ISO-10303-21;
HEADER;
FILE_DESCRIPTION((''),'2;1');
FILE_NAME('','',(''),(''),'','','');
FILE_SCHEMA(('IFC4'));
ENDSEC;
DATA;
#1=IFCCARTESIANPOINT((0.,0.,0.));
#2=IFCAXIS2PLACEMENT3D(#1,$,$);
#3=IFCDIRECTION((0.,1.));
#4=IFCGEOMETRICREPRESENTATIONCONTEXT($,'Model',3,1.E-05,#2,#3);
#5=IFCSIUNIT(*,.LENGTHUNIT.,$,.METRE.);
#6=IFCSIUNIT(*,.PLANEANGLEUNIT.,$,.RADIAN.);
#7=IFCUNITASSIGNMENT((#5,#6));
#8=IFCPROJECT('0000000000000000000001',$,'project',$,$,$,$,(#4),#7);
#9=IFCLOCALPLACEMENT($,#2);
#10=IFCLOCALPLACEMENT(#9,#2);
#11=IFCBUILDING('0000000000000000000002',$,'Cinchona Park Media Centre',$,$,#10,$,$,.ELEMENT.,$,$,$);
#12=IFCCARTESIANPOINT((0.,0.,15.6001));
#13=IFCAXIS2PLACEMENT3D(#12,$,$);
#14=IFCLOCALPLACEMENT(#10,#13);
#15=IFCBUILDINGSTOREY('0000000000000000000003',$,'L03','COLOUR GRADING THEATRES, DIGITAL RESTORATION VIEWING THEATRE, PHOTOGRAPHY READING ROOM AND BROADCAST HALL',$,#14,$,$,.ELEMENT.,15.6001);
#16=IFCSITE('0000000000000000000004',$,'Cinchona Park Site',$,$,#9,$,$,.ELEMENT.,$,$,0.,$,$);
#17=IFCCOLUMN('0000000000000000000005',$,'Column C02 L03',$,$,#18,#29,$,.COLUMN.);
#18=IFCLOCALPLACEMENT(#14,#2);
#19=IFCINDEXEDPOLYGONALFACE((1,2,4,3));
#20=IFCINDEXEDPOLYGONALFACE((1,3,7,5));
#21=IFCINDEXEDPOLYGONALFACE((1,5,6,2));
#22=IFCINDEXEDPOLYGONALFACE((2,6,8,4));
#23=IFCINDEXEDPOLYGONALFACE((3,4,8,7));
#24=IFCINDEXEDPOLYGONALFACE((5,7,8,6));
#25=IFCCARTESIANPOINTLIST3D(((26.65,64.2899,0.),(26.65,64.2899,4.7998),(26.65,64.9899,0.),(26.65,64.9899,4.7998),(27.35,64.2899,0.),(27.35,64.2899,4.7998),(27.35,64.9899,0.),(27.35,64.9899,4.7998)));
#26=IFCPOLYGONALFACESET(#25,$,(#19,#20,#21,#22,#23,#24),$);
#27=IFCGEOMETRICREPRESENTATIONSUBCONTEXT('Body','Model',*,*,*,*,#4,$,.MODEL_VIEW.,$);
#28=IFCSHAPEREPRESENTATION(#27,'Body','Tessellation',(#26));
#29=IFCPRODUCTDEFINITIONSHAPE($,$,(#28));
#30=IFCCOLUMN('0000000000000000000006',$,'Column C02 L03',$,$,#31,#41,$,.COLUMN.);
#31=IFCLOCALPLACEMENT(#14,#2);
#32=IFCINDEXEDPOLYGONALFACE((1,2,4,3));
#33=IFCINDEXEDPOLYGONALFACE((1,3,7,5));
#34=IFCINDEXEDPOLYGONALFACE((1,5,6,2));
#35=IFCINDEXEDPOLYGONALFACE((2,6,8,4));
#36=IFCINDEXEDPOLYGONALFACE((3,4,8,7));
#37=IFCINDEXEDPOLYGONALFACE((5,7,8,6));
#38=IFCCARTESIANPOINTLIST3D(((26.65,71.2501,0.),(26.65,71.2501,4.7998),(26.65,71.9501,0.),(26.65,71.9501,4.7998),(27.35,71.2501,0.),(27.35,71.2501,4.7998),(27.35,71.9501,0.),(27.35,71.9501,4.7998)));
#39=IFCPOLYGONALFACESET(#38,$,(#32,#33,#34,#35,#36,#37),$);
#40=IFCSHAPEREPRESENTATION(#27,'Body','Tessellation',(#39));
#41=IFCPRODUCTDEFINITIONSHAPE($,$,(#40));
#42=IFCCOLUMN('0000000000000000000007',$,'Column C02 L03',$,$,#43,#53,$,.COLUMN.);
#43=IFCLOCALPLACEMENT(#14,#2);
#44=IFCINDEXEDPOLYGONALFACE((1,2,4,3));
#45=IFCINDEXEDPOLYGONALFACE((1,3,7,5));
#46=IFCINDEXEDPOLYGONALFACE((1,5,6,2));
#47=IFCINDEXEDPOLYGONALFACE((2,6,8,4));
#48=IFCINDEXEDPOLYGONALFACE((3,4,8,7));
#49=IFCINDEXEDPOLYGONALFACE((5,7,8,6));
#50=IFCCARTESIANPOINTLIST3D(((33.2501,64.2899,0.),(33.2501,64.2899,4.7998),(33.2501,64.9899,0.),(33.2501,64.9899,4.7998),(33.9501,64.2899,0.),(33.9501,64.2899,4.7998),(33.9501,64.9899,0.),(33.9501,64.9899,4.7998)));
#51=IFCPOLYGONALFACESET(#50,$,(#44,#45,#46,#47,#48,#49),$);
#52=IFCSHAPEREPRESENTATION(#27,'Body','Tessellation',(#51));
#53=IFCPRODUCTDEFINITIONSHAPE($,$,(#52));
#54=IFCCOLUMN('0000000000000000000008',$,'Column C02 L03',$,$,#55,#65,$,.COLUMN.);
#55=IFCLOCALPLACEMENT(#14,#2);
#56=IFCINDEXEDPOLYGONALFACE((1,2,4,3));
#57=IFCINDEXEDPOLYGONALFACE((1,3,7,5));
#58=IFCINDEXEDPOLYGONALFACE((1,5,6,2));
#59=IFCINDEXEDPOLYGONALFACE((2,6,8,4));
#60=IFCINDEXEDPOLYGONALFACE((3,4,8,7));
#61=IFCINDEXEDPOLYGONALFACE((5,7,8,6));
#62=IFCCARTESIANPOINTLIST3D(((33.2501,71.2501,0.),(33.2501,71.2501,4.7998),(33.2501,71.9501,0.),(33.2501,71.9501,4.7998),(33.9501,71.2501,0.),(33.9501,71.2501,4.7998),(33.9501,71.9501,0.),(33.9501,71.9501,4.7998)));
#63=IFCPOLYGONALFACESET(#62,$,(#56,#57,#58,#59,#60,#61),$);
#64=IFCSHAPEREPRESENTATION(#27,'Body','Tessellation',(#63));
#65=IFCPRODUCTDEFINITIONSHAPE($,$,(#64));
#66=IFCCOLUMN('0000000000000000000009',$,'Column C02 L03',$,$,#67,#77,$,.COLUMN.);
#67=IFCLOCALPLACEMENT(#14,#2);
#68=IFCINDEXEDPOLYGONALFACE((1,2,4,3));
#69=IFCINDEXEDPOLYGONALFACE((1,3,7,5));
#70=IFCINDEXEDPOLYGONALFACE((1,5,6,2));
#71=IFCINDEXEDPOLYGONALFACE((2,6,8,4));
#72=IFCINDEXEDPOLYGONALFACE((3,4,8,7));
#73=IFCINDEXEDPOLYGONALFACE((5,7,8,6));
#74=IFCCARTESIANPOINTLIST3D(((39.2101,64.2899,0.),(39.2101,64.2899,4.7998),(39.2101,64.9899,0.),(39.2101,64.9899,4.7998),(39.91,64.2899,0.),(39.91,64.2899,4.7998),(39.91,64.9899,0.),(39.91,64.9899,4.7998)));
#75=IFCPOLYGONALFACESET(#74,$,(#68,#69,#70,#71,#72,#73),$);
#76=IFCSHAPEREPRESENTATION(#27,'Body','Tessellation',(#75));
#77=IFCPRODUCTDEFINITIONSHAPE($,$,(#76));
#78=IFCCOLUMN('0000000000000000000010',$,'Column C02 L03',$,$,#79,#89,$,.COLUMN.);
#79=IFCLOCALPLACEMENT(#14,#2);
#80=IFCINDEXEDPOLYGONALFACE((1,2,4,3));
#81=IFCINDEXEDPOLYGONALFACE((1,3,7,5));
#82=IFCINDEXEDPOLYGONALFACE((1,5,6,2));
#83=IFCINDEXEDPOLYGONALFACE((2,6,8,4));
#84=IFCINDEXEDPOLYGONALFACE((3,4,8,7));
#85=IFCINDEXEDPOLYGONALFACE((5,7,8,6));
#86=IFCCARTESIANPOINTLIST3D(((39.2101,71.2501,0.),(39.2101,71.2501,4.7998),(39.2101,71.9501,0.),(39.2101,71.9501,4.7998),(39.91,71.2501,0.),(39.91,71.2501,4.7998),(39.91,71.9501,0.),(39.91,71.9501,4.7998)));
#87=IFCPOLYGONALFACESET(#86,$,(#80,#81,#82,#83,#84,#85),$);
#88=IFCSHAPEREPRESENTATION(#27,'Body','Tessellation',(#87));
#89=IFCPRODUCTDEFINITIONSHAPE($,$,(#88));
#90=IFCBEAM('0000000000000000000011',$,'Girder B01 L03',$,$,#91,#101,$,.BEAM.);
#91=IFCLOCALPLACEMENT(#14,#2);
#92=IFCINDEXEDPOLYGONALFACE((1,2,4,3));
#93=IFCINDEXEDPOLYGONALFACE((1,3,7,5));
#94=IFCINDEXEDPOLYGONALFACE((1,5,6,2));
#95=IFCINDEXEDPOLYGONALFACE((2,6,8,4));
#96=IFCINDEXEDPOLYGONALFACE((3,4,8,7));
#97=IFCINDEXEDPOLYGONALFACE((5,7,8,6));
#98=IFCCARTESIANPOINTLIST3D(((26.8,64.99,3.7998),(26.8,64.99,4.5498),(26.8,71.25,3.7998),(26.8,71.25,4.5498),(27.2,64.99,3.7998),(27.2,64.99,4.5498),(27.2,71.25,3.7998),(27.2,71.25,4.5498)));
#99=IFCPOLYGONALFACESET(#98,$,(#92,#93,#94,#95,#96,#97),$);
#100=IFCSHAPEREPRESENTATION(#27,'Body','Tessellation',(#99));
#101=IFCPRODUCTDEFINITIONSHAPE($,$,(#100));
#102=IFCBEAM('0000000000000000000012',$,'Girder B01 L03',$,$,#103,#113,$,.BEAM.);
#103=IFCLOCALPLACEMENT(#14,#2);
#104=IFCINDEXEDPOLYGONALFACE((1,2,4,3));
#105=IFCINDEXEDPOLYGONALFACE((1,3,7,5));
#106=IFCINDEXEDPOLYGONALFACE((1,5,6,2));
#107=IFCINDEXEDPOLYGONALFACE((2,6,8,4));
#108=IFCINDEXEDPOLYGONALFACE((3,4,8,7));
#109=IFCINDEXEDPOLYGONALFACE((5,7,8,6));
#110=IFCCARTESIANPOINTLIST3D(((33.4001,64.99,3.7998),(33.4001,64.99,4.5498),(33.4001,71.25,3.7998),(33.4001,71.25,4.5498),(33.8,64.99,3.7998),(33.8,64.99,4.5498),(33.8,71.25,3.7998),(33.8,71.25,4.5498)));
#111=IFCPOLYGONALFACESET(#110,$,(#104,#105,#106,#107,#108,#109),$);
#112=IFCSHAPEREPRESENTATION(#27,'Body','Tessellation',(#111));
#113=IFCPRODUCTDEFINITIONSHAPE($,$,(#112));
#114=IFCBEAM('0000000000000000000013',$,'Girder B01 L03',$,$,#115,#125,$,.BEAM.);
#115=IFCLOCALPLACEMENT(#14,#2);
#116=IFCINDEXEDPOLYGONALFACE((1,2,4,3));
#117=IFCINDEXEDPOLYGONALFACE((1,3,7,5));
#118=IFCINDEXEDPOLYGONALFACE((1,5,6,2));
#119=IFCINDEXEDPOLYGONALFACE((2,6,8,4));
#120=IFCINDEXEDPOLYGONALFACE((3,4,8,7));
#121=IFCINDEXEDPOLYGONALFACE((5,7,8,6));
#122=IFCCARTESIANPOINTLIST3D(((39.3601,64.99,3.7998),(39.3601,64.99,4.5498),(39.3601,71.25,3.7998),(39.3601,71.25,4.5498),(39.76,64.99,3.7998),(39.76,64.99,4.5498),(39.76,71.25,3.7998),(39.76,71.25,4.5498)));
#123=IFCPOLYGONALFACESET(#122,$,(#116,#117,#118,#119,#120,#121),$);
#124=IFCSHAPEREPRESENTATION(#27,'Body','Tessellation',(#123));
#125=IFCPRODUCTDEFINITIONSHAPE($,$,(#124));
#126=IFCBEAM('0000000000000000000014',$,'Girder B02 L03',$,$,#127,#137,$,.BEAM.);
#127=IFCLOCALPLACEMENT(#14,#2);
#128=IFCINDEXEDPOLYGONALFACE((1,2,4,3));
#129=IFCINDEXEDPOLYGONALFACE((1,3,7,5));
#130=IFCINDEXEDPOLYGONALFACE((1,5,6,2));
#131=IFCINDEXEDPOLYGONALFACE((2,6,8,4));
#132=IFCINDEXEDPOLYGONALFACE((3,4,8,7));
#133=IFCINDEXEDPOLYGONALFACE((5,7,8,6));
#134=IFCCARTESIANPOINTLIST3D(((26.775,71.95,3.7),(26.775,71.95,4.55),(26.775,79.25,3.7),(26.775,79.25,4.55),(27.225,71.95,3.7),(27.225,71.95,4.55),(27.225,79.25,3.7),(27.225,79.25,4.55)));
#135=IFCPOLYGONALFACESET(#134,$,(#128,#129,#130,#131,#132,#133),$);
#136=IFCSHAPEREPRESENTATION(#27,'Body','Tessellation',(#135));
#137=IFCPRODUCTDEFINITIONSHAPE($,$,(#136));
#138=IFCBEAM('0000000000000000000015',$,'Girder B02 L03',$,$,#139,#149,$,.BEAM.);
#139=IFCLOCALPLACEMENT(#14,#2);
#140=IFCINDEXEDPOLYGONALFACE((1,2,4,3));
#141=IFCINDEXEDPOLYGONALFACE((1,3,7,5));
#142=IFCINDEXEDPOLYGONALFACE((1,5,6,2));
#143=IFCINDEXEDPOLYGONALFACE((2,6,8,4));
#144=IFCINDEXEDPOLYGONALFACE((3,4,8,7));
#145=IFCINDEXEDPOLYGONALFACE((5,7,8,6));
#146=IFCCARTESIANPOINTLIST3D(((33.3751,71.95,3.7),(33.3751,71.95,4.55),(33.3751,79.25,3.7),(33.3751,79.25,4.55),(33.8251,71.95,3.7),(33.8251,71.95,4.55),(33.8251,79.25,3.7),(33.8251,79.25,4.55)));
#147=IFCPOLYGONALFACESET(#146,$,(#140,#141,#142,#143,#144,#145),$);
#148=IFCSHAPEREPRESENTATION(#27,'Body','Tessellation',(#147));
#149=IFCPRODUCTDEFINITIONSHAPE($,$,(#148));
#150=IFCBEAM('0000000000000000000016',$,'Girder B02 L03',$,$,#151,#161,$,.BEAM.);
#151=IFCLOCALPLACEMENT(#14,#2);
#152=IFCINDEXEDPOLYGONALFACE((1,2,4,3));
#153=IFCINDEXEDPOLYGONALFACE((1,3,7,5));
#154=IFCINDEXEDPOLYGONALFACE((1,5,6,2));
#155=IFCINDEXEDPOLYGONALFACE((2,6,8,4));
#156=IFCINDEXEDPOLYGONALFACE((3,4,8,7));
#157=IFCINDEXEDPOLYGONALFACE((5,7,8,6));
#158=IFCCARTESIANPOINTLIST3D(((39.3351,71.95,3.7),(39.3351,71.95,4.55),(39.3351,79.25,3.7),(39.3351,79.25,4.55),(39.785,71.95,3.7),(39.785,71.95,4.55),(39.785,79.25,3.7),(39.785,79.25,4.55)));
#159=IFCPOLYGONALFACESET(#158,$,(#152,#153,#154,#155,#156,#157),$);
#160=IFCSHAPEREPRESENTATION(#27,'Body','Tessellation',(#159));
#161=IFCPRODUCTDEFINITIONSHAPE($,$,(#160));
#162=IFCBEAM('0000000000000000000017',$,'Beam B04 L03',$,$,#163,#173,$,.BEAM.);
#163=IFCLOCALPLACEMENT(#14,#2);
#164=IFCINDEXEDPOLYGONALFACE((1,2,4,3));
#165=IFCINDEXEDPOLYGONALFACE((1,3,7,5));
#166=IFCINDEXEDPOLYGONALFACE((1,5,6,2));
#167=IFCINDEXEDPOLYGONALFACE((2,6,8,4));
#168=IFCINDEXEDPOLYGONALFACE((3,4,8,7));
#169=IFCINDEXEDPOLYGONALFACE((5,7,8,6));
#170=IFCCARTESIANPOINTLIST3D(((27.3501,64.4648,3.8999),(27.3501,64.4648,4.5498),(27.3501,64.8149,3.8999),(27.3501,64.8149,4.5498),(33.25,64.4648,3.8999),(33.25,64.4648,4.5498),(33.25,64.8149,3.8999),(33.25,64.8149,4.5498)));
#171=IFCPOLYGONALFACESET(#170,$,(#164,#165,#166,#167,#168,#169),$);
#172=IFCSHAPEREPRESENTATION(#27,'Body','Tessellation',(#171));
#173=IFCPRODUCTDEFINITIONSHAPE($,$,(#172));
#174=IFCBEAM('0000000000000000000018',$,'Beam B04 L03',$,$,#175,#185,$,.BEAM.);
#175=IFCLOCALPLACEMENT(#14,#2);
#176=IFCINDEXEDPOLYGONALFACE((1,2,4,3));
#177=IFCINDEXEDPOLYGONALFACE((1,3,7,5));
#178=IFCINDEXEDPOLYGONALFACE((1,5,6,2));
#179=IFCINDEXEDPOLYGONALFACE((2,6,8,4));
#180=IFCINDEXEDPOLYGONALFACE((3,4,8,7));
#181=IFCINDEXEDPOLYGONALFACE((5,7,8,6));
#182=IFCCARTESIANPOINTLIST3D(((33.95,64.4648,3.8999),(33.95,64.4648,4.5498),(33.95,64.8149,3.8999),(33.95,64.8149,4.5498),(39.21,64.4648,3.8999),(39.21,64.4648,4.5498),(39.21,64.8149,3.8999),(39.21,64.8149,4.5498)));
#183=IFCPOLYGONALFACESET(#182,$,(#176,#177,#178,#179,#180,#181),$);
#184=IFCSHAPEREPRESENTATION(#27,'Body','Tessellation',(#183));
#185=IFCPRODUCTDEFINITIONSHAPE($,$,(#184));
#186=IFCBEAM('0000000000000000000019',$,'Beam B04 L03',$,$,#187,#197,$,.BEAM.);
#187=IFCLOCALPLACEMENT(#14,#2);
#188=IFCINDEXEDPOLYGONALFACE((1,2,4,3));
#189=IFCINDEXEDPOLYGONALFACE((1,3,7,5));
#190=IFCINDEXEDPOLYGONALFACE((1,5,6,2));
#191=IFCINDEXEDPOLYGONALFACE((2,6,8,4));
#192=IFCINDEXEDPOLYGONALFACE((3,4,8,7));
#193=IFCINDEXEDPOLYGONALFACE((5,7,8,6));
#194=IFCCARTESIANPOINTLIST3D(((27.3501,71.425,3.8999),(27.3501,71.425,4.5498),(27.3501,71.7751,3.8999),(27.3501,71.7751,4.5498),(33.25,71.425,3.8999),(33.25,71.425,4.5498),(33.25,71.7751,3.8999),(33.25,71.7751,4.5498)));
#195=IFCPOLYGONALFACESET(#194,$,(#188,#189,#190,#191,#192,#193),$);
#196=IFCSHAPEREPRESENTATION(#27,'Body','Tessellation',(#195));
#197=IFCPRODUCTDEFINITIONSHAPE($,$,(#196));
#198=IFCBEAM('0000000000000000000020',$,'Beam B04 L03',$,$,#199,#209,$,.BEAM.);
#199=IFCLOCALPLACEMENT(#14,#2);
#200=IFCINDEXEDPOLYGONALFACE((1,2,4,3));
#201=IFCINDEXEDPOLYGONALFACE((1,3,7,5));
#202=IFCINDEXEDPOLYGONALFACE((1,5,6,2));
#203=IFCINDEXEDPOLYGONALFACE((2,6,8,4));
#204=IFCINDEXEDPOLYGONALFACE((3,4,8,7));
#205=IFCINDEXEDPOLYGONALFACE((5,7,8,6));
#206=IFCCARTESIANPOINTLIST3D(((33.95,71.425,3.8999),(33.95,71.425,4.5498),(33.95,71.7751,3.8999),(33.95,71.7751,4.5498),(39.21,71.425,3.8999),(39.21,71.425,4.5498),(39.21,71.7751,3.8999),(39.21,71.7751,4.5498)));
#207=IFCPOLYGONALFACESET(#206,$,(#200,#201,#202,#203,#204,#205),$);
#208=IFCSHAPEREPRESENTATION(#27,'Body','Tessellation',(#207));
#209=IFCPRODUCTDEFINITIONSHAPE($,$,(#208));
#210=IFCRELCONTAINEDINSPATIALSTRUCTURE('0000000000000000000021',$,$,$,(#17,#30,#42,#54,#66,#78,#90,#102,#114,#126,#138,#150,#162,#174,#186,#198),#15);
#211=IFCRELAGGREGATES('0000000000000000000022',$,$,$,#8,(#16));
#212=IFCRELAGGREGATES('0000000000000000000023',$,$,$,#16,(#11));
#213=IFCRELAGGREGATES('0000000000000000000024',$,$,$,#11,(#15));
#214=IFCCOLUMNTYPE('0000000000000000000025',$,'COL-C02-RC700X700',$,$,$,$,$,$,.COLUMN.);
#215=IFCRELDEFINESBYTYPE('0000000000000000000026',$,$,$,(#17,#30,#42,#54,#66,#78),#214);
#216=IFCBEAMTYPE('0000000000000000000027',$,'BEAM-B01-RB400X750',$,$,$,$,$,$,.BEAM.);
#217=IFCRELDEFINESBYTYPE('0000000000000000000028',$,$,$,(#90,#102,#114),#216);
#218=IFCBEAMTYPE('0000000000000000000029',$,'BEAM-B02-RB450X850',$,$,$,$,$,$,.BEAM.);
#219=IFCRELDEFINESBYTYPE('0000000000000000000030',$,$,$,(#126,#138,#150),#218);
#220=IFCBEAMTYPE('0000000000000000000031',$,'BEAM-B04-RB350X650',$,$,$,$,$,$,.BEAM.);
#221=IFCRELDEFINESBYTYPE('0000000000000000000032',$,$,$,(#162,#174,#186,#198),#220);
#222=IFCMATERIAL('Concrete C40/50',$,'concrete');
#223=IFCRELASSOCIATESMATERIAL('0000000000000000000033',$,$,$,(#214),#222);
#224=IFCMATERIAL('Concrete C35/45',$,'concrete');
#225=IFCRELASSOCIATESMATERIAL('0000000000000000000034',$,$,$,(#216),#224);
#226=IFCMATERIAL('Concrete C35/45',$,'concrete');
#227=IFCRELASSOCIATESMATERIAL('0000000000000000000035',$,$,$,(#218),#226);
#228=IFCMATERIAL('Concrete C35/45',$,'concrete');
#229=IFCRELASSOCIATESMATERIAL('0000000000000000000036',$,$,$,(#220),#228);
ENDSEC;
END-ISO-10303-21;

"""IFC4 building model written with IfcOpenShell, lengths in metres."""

from ifc_helpers import new_model, si_unit, direction, frame, origin, origin_2d, place, context, subcontext, project, spatial, rectangle, extrude, material, material_profile, profile_set, type_object, element, save


model = new_model("IFC4")

# Units and contexts
model_context = context("Model", 3, precision=1e-05, world=origin(), true_north=direction((0.0, 1.0)))
body_context = subcontext(model_context, "Body", "Model", "MODEL_VIEW")
ifc_project = project(units=[si_unit("LENGTHUNIT", "METRE"), si_unit("PLANEANGLEUNIT", "RADIAN")], contexts=[model_context])

# Site, building, storey
site_placement = place(None, origin())
site = spatial("IfcSite", under=ifc_project, at=site_placement, Name="Cinchona Park Site", CompositionType="ELEMENT", RefElevation=0.0)
building_placement = place(site_placement, origin())
building = spatial("IfcBuilding", under=site, at=building_placement, Name="Cinchona Park Media Centre", CompositionType="ELEMENT")
storey_placement = place(building_placement, frame((0.0, 0.0, 15.6001)))
storey = spatial("IfcBuildingStorey", under=building, at=storey_placement, Name="L03", Description="COLOUR GRADING THEATRES, DIGITAL RESTORATION VIEWING THEATRE, PHOTOGRAPHY READING ROOM AND BROADCAST HALL", CompositionType="ELEMENT", Elevation=15.6001)

# Columns
ifc_material_1 = material(Name="Concrete C40/50", Category="concrete")
ifc_material_profile_1 = material_profile(ifc_material_1, rectangle(XDim=0.7, YDim=0.7, at=origin_2d()), Name="RC 700X700")
ifc_profile_set_1 = profile_set([ifc_material_profile_1], Name="Concrete C40/50")
column_type = type_object("IfcColumnType", Name="COL-C02-RC700X700", PredefinedType="COLUMN", material=ifc_profile_set_1)
for number, where, z_axis, x_axis, name in (
    (1, (27.0, 64.6399, 0.0), (0.0, 0.0, 1.0), (1.0, 0.0, 0.0), "Column C02 L03"),
    (2, (27.0, 71.6001, 0.0), (0.0, 0.0, 1.0), (1.0, 0.0, 0.0), "Column C02 L03"),
    (3, (33.6001, 64.6399, 0.0), (0.0, 0.0, 1.0), (1.0, 0.0, 0.0), "Column C02 L03"),
    (4, (33.6001, 71.6001, 0.0), (0.0, 0.0, 1.0), (1.0, 0.0, 0.0), "Column C02 L03"),
    (5, (39.5601, 64.6399, 0.0), (0.0, 0.0, 1.0), (1.0, 0.0, 0.0), "Column C02 L03"),
    (6, (39.5601, 71.6001, 0.0), (0.0, 0.0, 1.0), (1.0, 0.0, 0.0), "Column C02 L03"),
):
    element("IfcColumn", number, at=place(storey_placement, frame(where, z_axis=z_axis, x_axis=x_axis)), inside=storey, type_object=column_type, Name=name, PredefinedType="COLUMN", context=body_context, shape_type="SweptSolid", body=[
        extrude(rectangle(XDim=0.7, YDim=0.7, at=origin_2d()), origin(), (0.0, 0.0, 1.0), 4.7998),
    ])

# Beams
ifc_material_2 = material(Name="Concrete C35/45", Category="concrete")
ifc_material_profile_2 = material_profile(ifc_material_2, rectangle(XDim=0.3999, YDim=0.75, at=origin_2d()), Name="RB 400X750")
ifc_profile_set_2 = profile_set([ifc_material_profile_2], Name="Concrete C35/45")
beam_type_1 = type_object("IfcBeamType", Name="BEAM-B01-RB400X750", PredefinedType="BEAM", material=ifc_profile_set_2)
for number, where, z_axis, x_axis, name in (
    (7, (27.0, 64.99, 4.1748), (0.0, 1.0, 0.0), (-1.0, 0.0, 0.0), "Girder B01 L03"),
    (8, (33.6001, 64.99, 4.1748), (0.0, 1.0, 0.0), (-1.0, 0.0, 0.0), "Girder B01 L03"),
    (9, (39.5601, 64.99, 4.1748), (0.0, 1.0, 0.0), (-1.0, 0.0, 0.0), "Girder B01 L03"),
):
    element("IfcBeam", number, at=place(storey_placement, frame(where, z_axis=z_axis, x_axis=x_axis)), inside=storey, type_object=beam_type_1, Name=name, PredefinedType="BEAM", context=body_context, shape_type="SweptSolid", body=[
        extrude(rectangle(XDim=0.3999, YDim=0.75, at=origin_2d()), origin(), (0.0, 0.0, 1.0), 6.26),
    ])
ifc_material_3 = material(Name="Concrete C35/45", Category="concrete")
ifc_material_profile_3 = material_profile(ifc_material_3, rectangle(XDim=0.45, YDim=0.8501, at=origin_2d()), Name="RB 450X850")
ifc_profile_set_3 = profile_set([ifc_material_profile_3], Name="Concrete C35/45")
beam_type_2 = type_object("IfcBeamType", Name="BEAM-B02-RB450X850", PredefinedType="BEAM", material=ifc_profile_set_3)
for number, where, z_axis, x_axis, name in (
    (10, (27.0, 71.95, 4.125), (0.0, 1.0, 0.0), (-1.0, 0.0, 0.0), "Girder B02 L03"),
    (11, (33.6001, 71.95, 4.125), (0.0, 1.0, 0.0), (-1.0, 0.0, 0.0), "Girder B02 L03"),
    (12, (39.5601, 71.95, 4.125), (0.0, 1.0, 0.0), (-1.0, 0.0, 0.0), "Girder B02 L03"),
):
    element("IfcBeam", number, at=place(storey_placement, frame(where, z_axis=z_axis, x_axis=x_axis)), inside=storey, type_object=beam_type_2, Name=name, PredefinedType="BEAM", context=body_context, shape_type="SweptSolid", body=[
        extrude(rectangle(XDim=0.45, YDim=0.8501, at=origin_2d()), origin(), (0.0, 0.0, 1.0), 7.3),
    ])
ifc_material_4 = material(Name="Concrete C35/45", Category="concrete")
ifc_material_profile_4 = material_profile(ifc_material_4, rectangle(XDim=0.3501, YDim=0.6499, at=origin_2d()), Name="RB 350X650")
ifc_profile_set_4 = profile_set([ifc_material_profile_4], Name="Concrete C35/45")
beam_type_3 = type_object("IfcBeamType", Name="BEAM-B04-RB350X650", PredefinedType="BEAM", material=ifc_profile_set_4)
beam_1_placement = place(storey_placement, frame((27.3501, 64.6399, 4.2249), z_axis=(1.0, 0.0, 0.0), x_axis=(0.0, 1.0, 0.0)))
element("IfcBeam", 13, at=beam_1_placement, inside=storey, type_object=beam_type_3, Name="Beam B04 L03", PredefinedType="BEAM", context=body_context, shape_type="SweptSolid", body=[
    extrude(rectangle(XDim=0.3501, YDim=0.6499, at=origin_2d()), origin(), (0.0, 0.0, 1.0), 5.8999),
])
beam_2_placement = place(storey_placement, frame((33.95, 64.6399, 4.2249), z_axis=(1.0, 0.0, 0.0), x_axis=(0.0, 1.0, 0.0)))
element("IfcBeam", 14, at=beam_2_placement, inside=storey, type_object=beam_type_3, Name="Beam B04 L03", PredefinedType="BEAM", context=body_context, shape_type="SweptSolid", body=[
    extrude(rectangle(XDim=0.3501, YDim=0.6499, at=origin_2d()), origin(), (0.0, 0.0, 1.0), 5.26),
])
beam_3_placement = place(storey_placement, frame((27.3501, 71.6001, 4.2249), z_axis=(1.0, 0.0, 0.0), x_axis=(0.0, 1.0, 0.0)))
element("IfcBeam", 15, at=beam_3_placement, inside=storey, type_object=beam_type_3, Name="Beam B04 L03", PredefinedType="BEAM", context=body_context, shape_type="SweptSolid", body=[
    extrude(rectangle(XDim=0.3501, YDim=0.6499, at=origin_2d()), origin(), (0.0, 0.0, 1.0), 5.8999),
])
beam_4_placement = place(storey_placement, frame((33.95, 71.6001, 4.2249), z_axis=(1.0, 0.0, 0.0), x_axis=(0.0, 1.0, 0.0)))
element("IfcBeam", 16, at=beam_4_placement, inside=storey, type_object=beam_type_3, Name="Beam B04 L03", PredefinedType="BEAM", context=body_context, shape_type="SweptSolid", body=[
    extrude(rectangle(XDim=0.3501, YDim=0.6499, at=origin_2d()), origin(), (0.0, 0.0, 1.0), 5.26),
])

save(model, "model.ifc")
